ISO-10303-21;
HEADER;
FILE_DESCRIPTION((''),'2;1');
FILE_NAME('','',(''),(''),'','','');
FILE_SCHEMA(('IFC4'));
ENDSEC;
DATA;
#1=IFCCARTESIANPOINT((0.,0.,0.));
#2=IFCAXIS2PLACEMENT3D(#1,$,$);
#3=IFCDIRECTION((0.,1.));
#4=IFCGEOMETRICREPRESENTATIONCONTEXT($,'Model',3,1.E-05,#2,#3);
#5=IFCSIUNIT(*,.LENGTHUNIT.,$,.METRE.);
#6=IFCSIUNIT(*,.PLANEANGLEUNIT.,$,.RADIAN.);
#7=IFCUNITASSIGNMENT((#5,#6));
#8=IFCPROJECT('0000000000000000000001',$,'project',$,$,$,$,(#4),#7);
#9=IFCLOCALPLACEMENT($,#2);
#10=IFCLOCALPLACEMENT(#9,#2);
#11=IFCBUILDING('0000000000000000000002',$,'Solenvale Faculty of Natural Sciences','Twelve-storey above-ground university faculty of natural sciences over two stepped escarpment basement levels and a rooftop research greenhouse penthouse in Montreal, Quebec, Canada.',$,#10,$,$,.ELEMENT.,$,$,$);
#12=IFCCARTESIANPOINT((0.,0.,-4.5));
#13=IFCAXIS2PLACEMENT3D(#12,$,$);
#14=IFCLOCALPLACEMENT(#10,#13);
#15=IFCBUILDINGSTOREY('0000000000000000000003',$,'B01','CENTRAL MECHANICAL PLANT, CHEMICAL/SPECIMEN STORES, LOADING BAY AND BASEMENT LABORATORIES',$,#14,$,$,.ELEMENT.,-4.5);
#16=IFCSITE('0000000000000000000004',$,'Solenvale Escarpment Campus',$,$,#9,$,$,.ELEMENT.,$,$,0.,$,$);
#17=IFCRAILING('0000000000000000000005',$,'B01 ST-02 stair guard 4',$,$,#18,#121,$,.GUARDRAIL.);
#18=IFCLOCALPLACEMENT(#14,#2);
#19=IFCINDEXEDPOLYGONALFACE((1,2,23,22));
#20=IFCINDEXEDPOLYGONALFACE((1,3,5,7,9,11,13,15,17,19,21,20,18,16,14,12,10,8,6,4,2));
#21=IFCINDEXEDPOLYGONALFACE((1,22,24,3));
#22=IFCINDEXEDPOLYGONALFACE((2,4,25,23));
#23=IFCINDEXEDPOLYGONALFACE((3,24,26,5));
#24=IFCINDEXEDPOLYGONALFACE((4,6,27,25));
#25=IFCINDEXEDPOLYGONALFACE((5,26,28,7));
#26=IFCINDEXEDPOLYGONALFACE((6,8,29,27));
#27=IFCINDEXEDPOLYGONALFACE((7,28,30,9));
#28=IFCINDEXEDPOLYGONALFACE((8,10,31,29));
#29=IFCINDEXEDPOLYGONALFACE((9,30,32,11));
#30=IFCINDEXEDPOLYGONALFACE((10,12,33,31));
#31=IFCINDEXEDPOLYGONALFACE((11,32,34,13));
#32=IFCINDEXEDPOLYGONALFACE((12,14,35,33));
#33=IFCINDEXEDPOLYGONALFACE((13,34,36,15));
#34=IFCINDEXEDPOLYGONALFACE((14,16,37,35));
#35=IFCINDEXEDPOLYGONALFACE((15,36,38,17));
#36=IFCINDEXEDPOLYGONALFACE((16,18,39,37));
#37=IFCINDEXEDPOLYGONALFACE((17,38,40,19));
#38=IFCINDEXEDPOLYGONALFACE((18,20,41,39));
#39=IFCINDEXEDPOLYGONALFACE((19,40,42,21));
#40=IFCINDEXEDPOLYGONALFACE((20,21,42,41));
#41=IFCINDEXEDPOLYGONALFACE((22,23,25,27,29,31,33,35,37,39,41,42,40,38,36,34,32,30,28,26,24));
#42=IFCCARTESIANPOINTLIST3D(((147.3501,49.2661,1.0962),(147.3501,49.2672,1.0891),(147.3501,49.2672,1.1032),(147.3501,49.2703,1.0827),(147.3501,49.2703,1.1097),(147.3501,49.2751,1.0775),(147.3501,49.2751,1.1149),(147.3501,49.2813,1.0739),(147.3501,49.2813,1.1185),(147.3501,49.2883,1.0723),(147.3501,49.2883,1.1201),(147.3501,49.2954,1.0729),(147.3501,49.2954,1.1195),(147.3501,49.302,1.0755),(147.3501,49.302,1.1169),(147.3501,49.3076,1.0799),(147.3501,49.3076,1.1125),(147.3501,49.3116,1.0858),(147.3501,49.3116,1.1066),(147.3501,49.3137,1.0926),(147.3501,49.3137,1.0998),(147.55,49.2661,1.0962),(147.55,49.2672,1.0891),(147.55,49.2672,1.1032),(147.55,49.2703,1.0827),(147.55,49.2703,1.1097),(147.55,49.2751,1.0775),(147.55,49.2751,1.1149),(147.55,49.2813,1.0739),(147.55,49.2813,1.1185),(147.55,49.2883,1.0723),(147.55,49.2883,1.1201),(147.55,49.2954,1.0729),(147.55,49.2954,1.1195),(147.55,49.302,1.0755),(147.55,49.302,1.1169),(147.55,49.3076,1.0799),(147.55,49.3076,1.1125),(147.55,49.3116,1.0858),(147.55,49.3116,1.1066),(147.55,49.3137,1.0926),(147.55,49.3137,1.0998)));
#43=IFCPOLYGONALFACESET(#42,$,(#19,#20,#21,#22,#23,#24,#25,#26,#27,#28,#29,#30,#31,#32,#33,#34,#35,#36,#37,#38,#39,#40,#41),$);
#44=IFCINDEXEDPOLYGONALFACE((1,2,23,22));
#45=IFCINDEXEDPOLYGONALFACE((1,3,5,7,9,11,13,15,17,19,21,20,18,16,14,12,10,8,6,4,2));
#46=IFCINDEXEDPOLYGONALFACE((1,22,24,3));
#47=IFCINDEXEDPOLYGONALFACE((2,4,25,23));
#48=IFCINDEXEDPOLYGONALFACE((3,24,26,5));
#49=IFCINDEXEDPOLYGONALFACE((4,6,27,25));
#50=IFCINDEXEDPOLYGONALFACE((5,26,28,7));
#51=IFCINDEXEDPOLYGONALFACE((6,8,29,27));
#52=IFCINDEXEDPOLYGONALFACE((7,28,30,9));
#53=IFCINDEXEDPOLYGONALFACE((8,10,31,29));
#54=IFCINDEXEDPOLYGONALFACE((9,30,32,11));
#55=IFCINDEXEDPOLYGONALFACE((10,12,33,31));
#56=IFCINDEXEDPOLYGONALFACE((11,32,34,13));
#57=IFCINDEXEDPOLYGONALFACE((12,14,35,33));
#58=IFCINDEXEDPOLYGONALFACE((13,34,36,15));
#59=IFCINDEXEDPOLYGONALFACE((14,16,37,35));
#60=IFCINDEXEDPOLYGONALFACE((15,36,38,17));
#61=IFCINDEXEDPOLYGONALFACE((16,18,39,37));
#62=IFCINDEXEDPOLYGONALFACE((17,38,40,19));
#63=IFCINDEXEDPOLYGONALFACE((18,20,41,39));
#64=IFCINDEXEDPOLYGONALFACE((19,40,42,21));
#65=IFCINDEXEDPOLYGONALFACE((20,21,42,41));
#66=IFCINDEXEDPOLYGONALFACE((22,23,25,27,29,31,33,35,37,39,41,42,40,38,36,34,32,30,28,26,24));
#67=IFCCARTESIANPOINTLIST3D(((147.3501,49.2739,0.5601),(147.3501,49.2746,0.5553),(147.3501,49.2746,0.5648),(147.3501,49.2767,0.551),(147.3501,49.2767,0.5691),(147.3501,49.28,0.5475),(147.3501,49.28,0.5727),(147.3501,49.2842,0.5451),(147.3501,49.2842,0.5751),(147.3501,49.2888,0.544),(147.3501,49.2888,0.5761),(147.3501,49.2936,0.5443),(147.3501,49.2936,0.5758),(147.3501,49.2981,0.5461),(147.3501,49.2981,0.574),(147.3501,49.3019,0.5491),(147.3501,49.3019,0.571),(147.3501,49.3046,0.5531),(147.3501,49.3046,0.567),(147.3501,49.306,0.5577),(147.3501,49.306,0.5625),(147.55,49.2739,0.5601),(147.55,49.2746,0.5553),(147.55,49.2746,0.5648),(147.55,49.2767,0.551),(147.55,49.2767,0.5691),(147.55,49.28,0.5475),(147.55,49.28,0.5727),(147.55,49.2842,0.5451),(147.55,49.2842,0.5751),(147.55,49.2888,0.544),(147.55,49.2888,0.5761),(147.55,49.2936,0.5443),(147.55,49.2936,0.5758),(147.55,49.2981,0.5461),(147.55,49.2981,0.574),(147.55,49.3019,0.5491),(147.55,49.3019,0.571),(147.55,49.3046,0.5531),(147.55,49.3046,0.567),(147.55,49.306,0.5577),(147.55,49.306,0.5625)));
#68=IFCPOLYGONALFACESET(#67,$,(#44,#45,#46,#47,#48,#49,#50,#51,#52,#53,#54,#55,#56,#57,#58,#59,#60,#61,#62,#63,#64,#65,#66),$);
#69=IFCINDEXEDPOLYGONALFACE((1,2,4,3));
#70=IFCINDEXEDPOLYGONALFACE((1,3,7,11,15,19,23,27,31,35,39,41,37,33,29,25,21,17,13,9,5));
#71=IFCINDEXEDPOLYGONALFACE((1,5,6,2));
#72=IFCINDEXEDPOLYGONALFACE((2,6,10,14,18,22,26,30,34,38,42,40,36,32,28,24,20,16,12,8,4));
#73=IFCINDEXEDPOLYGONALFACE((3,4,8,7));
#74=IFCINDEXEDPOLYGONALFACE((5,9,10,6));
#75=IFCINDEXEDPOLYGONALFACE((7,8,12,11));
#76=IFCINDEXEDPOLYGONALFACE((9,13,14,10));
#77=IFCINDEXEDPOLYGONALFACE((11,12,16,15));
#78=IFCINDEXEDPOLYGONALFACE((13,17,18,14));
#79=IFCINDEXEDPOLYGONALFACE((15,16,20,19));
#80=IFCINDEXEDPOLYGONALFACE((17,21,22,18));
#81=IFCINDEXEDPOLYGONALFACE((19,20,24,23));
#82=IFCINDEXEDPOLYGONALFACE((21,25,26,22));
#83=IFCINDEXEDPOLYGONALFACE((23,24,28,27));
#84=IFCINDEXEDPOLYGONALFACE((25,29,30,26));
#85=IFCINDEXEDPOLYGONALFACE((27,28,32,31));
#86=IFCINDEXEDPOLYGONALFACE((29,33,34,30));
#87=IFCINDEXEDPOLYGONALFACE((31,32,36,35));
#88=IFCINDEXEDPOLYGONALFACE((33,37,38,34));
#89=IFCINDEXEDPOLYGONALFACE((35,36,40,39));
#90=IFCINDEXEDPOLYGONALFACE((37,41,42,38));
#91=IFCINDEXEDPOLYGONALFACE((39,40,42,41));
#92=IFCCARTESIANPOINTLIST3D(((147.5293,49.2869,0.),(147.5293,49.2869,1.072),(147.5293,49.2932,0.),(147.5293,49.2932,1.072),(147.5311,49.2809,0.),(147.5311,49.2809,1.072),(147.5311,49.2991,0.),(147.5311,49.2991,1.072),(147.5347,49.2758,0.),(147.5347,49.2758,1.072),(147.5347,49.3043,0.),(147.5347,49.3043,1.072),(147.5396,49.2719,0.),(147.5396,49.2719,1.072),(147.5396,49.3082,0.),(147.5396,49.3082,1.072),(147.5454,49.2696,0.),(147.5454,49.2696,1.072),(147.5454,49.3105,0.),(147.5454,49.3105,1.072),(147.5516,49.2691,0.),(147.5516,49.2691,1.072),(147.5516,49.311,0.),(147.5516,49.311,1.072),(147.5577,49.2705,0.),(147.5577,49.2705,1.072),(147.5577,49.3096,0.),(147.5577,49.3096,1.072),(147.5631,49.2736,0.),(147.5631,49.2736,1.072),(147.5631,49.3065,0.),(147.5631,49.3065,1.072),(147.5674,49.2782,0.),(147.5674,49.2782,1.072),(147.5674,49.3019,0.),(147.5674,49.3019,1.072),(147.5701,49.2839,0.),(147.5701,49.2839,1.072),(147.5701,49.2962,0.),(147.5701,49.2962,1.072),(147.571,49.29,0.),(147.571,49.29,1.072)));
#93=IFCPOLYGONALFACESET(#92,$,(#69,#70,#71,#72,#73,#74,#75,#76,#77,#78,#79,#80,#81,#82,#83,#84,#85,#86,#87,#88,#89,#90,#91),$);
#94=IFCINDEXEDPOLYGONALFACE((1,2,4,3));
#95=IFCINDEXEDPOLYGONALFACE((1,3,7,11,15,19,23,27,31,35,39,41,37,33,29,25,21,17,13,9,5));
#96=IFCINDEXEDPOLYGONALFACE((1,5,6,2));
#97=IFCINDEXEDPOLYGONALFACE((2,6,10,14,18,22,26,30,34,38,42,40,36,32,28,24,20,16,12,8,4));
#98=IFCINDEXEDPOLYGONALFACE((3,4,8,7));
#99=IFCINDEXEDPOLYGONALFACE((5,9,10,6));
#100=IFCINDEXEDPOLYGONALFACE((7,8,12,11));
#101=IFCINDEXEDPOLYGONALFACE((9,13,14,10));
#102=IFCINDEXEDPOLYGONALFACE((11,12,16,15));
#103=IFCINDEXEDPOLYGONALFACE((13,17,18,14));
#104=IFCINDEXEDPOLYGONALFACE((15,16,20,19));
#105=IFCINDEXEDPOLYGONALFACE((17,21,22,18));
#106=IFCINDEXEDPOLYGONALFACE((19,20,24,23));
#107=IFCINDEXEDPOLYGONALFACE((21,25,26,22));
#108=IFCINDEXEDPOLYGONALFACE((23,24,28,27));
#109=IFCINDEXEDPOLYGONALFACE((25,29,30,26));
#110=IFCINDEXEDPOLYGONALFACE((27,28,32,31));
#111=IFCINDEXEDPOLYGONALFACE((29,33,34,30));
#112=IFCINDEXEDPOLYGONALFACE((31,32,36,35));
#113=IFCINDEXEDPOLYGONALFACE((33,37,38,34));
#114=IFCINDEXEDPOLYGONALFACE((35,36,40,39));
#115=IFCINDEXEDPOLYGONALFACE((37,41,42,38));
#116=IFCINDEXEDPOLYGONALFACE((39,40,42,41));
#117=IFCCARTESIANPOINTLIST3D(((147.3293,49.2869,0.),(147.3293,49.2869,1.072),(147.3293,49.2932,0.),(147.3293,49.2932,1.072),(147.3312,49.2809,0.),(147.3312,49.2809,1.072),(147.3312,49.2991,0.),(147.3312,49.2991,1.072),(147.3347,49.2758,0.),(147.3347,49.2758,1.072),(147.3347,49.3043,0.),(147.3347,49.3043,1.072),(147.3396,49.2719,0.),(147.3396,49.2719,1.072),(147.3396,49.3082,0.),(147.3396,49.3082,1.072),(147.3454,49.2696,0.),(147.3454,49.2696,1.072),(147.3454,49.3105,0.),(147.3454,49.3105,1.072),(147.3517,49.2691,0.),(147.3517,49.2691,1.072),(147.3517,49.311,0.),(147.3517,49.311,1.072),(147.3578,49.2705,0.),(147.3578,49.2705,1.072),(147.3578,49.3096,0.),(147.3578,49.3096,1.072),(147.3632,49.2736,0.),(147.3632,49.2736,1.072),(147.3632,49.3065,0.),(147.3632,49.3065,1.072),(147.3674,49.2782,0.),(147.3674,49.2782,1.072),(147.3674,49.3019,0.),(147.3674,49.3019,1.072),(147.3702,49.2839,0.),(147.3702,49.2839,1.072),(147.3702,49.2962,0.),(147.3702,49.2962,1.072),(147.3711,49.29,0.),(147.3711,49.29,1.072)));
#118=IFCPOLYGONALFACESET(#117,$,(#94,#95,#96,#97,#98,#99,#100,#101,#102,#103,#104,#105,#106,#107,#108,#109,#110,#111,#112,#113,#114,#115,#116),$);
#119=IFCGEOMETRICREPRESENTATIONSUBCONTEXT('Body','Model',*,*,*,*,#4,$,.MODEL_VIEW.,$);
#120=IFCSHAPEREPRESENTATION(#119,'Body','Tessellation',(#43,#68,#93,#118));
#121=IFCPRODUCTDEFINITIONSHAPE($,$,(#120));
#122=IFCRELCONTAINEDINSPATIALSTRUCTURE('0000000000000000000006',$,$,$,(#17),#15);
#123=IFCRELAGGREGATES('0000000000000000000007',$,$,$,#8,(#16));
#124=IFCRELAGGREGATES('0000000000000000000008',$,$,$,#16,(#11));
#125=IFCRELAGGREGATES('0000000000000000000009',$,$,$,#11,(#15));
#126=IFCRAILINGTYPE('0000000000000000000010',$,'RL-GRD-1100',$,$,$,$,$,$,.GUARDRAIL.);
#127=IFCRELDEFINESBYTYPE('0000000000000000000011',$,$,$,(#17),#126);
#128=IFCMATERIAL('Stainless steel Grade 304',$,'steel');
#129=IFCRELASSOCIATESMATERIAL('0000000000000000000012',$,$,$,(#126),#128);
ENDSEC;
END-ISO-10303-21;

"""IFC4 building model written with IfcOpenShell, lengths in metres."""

from ifc_helpers import new_model, si_unit, direction, frame, origin, origin_2d, place, context, subcontext, project, spatial, circle, extrude, material, type_object, element, save


model = new_model("IFC4")

# Units and contexts
model_context = context("Model", 3, precision=1e-05, world=origin(), true_north=direction((0.0, 1.0)))
body_context = subcontext(model_context, "Body", "Model", "MODEL_VIEW")
ifc_project = project(units=[si_unit("LENGTHUNIT", "METRE"), si_unit("PLANEANGLEUNIT", "RADIAN")], contexts=[model_context])

# Site, building, storey
site_placement = place(None, origin())
site = spatial("IfcSite", under=ifc_project, at=site_placement, Name="Solenvale Escarpment Campus", CompositionType="ELEMENT", RefElevation=0.0)
building_placement = place(site_placement, origin())
building = spatial("IfcBuilding", under=site, at=building_placement, Name="Solenvale Faculty of Natural Sciences", Description="Twelve-storey above-ground university faculty of natural sciences over two stepped escarpment basement levels and a rooftop research greenhouse penthouse in Montreal, Quebec, Canada.", CompositionType="ELEMENT")
storey_placement = place(building_placement, frame((0.0, 0.0, -4.5)))
storey = spatial("IfcBuildingStorey", under=building, at=storey_placement, Name="B01", Description="CENTRAL MECHANICAL PLANT, CHEMICAL/SPECIMEN STORES, LOADING BAY AND BASEMENT LABORATORIES", CompositionType="ELEMENT", Elevation=-4.5)

# Railing
ifc_material_1 = material(Name="Stainless steel Grade 304", Category="steel")
railing_type_1 = type_object("IfcRailingType", Name="RL-GRD-1100", PredefinedType="GUARDRAIL", material=ifc_material_1)
railing_1_placement = place(storey_placement, frame((147.55, 49.29, 0.0)))
element("IfcRailing", 1, at=railing_1_placement, inside=storey, type_object=railing_type_1, Name="B01 ST-02 stair guard 4", PredefinedType="GUARDRAIL", context=body_context, shape_type="SweptSolid", body=[
    extrude(circle(Radius=0.0239, at=origin_2d()), frame((0.0, 0.0, 1.0962), z_axis=(-1.0, 0.0, 0.0), x_axis=(0.0, -1.0, 0.0)), (0.0, 0.0, 1.0), 0.2),
    extrude(circle(Radius=0.0161, at=origin_2d()), frame((0.0, 0.0, 0.5601), z_axis=(-1.0, 0.0, 0.0), x_axis=(0.0, -1.0, 0.0)), (0.0, 0.0, 1.0), 0.2),
    extrude(circle(Radius=0.021, at=origin_2d()), origin(), (0.0, 0.0, 1.0), 1.072),
    extrude(circle(Radius=0.021, at=origin_2d()), frame((-0.2, 0.0, 0.0)), (0.0, 0.0, 1.0), 1.072),
])

save(model, "model.ifc")
